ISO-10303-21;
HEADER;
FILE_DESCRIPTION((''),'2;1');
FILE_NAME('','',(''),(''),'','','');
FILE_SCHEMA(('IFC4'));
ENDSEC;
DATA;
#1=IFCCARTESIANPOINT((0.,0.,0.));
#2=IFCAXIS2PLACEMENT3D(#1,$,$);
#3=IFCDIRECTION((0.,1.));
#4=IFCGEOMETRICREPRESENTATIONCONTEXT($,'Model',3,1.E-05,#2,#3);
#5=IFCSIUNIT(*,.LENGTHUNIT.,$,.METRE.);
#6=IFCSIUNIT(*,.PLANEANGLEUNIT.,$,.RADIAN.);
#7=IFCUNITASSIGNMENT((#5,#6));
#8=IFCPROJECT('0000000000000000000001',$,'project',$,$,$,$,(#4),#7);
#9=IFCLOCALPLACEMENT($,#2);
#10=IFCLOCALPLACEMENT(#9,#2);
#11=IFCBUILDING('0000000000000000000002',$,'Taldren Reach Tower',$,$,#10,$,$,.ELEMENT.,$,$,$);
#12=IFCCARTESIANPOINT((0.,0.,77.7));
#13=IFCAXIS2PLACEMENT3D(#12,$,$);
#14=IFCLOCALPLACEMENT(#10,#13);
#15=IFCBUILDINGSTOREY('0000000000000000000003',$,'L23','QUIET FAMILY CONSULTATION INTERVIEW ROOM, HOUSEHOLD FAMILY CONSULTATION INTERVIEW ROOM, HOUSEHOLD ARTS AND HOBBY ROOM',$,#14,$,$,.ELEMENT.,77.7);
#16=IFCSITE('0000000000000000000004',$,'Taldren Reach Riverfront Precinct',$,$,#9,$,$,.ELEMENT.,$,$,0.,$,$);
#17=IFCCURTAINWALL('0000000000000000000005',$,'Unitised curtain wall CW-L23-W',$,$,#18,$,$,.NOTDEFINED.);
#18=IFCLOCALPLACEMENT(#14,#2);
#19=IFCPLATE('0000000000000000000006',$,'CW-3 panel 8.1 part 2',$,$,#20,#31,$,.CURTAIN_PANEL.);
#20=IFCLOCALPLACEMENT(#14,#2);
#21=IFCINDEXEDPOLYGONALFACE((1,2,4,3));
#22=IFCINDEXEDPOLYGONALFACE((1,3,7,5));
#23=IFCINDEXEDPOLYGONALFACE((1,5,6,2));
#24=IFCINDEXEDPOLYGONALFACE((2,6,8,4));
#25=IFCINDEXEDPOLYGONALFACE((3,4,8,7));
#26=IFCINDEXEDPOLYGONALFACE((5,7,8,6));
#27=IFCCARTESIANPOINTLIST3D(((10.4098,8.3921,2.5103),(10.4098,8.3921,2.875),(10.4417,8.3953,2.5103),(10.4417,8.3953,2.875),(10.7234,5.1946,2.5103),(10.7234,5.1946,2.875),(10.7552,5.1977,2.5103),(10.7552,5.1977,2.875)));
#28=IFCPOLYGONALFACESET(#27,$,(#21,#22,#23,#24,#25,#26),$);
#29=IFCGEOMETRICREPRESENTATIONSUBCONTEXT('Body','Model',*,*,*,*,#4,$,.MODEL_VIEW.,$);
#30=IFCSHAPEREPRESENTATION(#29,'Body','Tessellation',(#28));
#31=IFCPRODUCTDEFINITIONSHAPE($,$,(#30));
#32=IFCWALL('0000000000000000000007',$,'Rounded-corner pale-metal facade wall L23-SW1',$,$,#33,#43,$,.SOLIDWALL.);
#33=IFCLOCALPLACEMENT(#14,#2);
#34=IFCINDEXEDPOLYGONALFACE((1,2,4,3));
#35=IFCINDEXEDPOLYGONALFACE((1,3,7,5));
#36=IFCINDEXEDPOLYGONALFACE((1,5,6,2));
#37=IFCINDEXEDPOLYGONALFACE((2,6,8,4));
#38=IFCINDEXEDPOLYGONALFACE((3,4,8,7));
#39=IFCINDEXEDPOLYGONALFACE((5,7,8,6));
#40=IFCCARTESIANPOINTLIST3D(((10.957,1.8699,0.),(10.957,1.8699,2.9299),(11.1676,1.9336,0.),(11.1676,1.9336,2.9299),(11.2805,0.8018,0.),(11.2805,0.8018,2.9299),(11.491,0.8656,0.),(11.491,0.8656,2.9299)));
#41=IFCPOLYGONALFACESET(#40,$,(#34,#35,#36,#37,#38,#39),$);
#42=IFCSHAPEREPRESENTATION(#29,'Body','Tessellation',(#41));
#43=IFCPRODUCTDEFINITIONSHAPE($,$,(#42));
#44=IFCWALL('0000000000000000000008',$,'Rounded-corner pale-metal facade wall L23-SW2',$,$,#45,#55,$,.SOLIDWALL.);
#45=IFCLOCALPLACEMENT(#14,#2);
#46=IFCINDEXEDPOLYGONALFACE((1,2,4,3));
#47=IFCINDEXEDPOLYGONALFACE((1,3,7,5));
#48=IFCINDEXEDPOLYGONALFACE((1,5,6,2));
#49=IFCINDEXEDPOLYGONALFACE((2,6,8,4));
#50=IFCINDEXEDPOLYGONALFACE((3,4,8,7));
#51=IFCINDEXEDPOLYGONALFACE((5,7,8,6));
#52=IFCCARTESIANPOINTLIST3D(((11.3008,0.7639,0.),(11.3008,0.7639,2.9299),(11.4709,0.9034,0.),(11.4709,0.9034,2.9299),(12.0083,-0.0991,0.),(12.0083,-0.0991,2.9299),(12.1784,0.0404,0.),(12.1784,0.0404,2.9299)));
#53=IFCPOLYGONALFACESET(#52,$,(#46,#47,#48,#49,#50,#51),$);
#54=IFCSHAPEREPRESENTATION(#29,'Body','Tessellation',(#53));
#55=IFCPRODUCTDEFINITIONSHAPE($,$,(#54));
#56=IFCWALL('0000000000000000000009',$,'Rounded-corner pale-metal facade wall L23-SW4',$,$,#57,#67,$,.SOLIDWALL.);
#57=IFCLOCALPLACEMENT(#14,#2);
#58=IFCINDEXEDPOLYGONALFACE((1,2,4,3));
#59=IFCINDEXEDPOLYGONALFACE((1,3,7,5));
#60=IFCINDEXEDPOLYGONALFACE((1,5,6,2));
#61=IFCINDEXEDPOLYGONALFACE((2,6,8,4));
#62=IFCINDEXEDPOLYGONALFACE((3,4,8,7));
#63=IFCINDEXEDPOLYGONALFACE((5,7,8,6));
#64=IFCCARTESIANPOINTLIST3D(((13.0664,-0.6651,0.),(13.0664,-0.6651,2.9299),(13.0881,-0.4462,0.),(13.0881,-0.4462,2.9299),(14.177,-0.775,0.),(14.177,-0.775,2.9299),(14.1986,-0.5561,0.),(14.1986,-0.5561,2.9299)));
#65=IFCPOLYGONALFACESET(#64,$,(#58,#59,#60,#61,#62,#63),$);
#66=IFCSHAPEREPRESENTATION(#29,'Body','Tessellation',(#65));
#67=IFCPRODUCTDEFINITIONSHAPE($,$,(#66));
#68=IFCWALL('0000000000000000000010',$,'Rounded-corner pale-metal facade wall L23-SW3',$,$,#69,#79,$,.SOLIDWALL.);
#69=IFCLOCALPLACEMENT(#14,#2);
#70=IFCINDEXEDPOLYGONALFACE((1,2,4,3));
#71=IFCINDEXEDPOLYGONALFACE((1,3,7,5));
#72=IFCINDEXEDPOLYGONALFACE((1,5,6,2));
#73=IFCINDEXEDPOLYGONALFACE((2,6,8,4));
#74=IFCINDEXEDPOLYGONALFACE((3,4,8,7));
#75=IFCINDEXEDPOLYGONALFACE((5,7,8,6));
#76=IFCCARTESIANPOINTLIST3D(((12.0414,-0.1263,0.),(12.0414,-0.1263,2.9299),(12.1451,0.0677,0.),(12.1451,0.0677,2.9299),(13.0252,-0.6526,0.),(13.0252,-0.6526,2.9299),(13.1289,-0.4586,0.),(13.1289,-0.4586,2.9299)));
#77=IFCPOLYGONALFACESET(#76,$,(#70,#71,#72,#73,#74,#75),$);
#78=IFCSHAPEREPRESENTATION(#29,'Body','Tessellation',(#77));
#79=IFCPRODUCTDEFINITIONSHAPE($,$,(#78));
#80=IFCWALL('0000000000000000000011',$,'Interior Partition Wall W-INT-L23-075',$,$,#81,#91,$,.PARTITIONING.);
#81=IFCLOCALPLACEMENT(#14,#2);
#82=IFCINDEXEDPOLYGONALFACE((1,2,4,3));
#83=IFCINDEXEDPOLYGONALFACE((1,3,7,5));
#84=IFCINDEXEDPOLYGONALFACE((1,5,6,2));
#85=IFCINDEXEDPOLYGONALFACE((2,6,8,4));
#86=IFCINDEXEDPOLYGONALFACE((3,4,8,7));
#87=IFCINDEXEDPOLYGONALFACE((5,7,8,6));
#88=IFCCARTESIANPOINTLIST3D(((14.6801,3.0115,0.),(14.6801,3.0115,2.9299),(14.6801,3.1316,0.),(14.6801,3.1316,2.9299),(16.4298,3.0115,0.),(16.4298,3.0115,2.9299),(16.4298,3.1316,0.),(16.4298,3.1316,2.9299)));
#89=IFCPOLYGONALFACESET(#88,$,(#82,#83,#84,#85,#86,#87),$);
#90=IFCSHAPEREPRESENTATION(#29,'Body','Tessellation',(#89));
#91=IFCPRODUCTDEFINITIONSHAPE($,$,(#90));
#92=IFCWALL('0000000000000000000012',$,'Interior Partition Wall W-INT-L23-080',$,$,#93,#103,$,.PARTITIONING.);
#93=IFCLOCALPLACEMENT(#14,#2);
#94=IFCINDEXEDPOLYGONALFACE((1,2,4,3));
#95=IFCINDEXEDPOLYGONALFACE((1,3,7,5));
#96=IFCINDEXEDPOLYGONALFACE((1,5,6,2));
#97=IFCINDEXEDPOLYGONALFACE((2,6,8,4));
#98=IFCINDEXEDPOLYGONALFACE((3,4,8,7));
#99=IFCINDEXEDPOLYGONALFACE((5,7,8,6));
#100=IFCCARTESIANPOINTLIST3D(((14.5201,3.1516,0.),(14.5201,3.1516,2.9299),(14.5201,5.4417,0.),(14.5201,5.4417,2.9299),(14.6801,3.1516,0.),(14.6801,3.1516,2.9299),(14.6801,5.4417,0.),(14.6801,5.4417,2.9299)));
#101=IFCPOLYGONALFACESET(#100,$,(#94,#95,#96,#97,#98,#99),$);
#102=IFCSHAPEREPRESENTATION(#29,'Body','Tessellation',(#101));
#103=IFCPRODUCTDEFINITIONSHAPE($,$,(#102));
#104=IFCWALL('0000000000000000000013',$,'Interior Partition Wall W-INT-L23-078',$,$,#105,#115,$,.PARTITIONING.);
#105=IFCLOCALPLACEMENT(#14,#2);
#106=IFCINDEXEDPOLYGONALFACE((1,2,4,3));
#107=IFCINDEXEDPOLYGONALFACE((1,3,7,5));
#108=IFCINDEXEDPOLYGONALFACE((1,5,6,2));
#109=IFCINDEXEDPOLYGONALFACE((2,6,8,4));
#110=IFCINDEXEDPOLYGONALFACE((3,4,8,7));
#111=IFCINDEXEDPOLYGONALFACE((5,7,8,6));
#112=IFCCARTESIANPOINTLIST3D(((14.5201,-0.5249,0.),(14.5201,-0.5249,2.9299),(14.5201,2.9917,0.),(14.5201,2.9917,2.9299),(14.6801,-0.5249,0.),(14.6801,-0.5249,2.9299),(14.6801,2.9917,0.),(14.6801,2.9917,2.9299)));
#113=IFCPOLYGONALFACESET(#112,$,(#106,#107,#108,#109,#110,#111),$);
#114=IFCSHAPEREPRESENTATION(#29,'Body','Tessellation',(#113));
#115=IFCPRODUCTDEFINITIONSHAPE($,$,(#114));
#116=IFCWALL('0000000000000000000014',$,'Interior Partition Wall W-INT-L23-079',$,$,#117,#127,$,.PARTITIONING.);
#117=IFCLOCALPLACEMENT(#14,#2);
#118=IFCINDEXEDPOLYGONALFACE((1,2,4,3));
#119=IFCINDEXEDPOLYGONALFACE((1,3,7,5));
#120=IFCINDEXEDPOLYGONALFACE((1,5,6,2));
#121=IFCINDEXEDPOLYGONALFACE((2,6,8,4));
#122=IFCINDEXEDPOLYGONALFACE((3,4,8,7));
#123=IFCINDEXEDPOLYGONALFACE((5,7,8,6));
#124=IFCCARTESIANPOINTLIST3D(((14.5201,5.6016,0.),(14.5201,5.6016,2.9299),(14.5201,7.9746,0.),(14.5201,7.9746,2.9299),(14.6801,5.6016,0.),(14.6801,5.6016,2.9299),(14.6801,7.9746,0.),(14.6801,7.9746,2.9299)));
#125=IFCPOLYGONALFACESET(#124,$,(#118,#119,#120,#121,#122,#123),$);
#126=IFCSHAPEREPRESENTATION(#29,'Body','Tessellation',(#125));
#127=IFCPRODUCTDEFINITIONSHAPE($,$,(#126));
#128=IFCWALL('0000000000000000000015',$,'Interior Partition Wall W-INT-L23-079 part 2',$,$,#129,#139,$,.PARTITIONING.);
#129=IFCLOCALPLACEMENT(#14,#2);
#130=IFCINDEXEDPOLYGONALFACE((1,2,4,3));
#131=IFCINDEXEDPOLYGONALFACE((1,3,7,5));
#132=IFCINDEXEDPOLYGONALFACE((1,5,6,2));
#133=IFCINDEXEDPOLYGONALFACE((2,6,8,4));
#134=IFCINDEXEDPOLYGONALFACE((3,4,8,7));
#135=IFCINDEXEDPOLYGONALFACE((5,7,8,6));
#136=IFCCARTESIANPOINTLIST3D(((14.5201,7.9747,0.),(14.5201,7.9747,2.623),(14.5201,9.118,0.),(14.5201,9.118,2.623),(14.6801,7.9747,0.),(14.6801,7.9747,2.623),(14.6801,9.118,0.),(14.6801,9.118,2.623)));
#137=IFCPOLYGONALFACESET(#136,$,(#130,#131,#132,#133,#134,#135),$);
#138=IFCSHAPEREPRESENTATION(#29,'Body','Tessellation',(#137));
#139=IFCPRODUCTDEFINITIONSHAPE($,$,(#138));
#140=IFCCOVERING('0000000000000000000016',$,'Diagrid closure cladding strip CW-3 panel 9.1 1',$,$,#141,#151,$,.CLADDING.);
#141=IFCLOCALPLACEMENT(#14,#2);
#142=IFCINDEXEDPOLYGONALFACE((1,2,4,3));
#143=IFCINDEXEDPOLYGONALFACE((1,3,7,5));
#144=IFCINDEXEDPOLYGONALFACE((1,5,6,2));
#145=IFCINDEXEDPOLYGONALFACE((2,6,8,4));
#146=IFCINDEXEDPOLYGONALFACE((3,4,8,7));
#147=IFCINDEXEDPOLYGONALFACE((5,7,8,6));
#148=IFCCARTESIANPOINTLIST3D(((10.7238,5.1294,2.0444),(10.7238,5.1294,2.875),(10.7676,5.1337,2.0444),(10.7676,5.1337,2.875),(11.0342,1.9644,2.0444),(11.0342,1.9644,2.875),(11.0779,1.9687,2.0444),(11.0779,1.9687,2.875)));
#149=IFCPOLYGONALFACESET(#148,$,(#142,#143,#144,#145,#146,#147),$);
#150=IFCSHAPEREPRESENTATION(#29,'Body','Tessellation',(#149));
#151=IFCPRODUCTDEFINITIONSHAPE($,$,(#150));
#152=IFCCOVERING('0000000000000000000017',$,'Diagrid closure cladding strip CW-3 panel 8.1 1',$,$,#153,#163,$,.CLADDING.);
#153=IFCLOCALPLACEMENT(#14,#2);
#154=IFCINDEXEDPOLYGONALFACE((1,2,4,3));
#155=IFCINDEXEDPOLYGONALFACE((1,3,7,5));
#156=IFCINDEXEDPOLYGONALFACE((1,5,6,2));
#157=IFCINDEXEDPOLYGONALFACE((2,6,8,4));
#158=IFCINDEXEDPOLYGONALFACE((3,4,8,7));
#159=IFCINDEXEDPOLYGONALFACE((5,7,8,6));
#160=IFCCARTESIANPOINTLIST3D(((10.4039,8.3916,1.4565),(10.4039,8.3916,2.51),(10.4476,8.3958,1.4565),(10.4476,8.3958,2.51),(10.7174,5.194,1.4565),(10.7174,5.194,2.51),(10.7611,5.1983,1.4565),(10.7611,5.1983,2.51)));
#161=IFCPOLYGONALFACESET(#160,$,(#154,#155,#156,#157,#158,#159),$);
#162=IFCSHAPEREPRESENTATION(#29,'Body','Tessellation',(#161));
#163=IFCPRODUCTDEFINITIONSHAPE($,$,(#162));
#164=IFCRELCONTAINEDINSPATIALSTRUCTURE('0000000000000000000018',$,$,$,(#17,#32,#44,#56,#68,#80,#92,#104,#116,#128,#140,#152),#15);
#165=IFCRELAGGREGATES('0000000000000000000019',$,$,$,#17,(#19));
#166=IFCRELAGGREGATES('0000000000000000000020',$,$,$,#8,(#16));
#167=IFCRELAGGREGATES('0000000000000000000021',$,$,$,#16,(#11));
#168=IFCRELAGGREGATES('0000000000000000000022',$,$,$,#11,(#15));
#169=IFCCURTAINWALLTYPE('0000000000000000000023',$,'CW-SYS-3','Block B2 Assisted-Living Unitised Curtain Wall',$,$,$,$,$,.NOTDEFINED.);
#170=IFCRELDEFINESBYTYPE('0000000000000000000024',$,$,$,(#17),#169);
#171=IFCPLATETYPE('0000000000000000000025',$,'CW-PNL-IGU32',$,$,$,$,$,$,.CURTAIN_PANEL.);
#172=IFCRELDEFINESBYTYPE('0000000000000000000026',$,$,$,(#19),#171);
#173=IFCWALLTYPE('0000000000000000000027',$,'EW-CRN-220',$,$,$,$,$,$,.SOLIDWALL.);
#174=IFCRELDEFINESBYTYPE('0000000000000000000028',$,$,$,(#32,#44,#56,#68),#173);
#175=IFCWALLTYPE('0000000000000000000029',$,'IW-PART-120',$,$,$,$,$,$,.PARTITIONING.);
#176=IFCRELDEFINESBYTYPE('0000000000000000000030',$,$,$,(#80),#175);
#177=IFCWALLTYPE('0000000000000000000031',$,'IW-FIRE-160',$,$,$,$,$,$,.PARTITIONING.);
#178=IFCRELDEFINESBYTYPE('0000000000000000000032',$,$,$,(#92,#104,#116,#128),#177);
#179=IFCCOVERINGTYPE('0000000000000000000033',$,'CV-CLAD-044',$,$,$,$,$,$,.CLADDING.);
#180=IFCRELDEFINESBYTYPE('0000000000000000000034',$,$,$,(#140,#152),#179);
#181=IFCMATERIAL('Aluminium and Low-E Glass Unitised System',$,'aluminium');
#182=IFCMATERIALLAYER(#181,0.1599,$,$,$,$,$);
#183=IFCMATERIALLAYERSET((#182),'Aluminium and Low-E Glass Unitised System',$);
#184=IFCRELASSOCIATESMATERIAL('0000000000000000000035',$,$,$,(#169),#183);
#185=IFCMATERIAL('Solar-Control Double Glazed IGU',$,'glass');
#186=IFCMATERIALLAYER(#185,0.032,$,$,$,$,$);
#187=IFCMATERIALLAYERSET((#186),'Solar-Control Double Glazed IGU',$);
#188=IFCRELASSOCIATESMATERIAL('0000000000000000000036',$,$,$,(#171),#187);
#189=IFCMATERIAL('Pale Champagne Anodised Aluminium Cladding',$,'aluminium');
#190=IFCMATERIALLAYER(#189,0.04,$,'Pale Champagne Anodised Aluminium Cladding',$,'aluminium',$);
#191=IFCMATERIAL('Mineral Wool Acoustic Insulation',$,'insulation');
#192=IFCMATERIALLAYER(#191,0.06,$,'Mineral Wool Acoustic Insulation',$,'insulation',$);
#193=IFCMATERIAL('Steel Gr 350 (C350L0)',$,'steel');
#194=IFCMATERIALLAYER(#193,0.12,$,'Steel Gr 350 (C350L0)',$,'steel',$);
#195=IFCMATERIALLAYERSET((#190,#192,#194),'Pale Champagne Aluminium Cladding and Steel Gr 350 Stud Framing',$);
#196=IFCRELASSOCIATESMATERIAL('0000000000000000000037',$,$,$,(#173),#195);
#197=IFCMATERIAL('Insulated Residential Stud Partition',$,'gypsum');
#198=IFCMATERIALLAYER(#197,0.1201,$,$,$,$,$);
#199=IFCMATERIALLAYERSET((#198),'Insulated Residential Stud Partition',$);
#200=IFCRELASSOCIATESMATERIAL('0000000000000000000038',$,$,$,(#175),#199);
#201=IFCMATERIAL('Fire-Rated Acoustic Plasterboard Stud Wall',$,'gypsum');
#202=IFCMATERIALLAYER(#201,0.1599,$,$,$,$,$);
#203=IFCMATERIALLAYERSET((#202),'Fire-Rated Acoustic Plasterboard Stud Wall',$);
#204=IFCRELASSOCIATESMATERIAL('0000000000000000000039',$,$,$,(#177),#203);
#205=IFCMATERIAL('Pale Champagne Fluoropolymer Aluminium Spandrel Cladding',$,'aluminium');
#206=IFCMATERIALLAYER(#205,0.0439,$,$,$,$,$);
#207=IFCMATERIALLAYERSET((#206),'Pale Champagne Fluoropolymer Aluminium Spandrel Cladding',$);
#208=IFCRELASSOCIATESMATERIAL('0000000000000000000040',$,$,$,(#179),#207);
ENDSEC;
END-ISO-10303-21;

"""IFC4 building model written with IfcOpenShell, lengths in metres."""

from ifc_helpers import new_model, si_unit, direction, frame, frame_2d, origin, origin_2d, place, context, subcontext, project, spatial, rectangle, extrude, source, transform, mapped, material, layer, layer_set, type_object, element, aggregate, save


model = new_model("IFC4")

# Units and contexts
model_context = context("Model", 3, precision=1e-05, world=origin(), true_north=direction((0.0, 1.0)))
body_context = subcontext(model_context, "Body", "Model", "MODEL_VIEW")
ifc_project = project(units=[si_unit("LENGTHUNIT", "METRE"), si_unit("PLANEANGLEUNIT", "RADIAN")], contexts=[model_context])

# Site, building, storey
site_placement = place(None, origin())
site = spatial("IfcSite", under=ifc_project, at=site_placement, Name="Taldren Reach Riverfront Precinct", CompositionType="ELEMENT", RefElevation=0.0)
building_placement = place(site_placement, origin())
building = spatial("IfcBuilding", under=site, at=building_placement, Name="Taldren Reach Tower", CompositionType="ELEMENT")
storey_placement = place(building_placement, frame((0.0, 0.0, 77.7)))
storey = spatial("IfcBuildingStorey", under=building, at=storey_placement, Name="L23", Description="QUIET FAMILY CONSULTATION INTERVIEW ROOM, HOUSEHOLD FAMILY CONSULTATION INTERVIEW ROOM, HOUSEHOLD ARTS AND HOBBY ROOM", CompositionType="ELEMENT", Elevation=77.7)

# Shared definitions
ifc_material_1 = material(Name="Steel Gr 350 (C350L0)", Category="steel")

# Shared definitions
ifc_material_2 = material(Name="Aluminium and Low-E Glass Unitised System", Category="aluminium")
ifc_layer_1 = layer(ifc_material_2, 0.1599)
ifc_layer_set_1 = layer_set([ifc_layer_1], Name="Aluminium and Low-E Glass Unitised System")
curtain_wall_type = type_object("IfcCurtainWallType", Name="CW-SYS-3", Description="Block B2 Assisted-Living Unitised Curtain Wall", PredefinedType="NOTDEFINED", material=ifc_layer_set_1)

# Curtain wall
curtain_wall_1_placement = place(storey_placement, origin())
curtain_wall_1 = element("IfcCurtainWall", 1, at=curtain_wall_1_placement, inside=storey, type_object=curtain_wall_type, Name="Unitised curtain wall CW-L23-W", PredefinedType="NOTDEFINED")

# Plate
ifc_material_3 = material(Name="Solar-Control Double Glazed IGU", Category="glass")
ifc_layer_2 = layer(ifc_material_3, 0.032)
ifc_layer_set_2 = layer_set([ifc_layer_2], Name="Solar-Control Double Glazed IGU")
plate_type_1 = type_object("IfcPlateType", Name="CW-PNL-IGU32", PredefinedType="CURTAIN_PANEL", material=ifc_layer_set_2)
shared_shape_1 = source(origin(), body_context, "Body", "SweptSolid", [
    extrude(rectangle(XDim=3.2129, YDim=0.032, at=origin_2d()), origin(), (0.0, 0.0, 1.0), 0.3647),
])
plate_1_placement = place(storey_placement, frame((10.5825, 6.7949, 2.5103), z_axis=(0.0, 0.0, 1.0), x_axis=(0.097583, -0.995227, 0.0)))
plate_1 = element("IfcPlate", 2, at=plate_1_placement, type_object=plate_type_1, Name="CW-3 panel 8.1 part 2", PredefinedType="CURTAIN_PANEL", context=body_context, shape_type="MappedRepresentation", body=[
    mapped(shared_shape_1, transform((0.0, 0.0, 0.0), scale=1.0)),
])
aggregate(curtain_wall_1, [plate_1])

# Walls
ifc_material_4 = material(Name="Pale Champagne Anodised Aluminium Cladding", Category="aluminium")
ifc_layer_3 = layer(ifc_material_4, 0.04, Name="Pale Champagne Anodised Aluminium Cladding", Category="aluminium")
ifc_material_5 = material(Name="Mineral Wool Acoustic Insulation", Category="insulation")
ifc_layer_4 = layer(ifc_material_5, 0.06, Name="Mineral Wool Acoustic Insulation", Category="insulation")
ifc_layer_5 = layer(ifc_material_1, 0.12, Name="Steel Gr 350 (C350L0)", Category="steel")
ifc_layer_set_3 = layer_set([ifc_layer_3, ifc_layer_4, ifc_layer_5], Name="Pale Champagne Aluminium Cladding and Steel Gr 350 Stud Framing")
wall_type_1 = type_object("IfcWallType", Name="EW-CRN-220", PredefinedType="SOLIDWALL", material=ifc_layer_set_3)
shared_shape_2 = source(origin(), body_context, "Body", "SweptSolid", [
    extrude(rectangle(XDim=1.116, YDim=0.22, at=frame_2d((0.5581, 0.0))), origin(), (0.0, 0.0, 1.0), 2.9299),
])
for number, where, z_axis, x_axis, name in (
    (3, (11.0623, 1.9019, 0.0), (0.0, 0.0, 1.0), (0.289856, -0.95707, 0.0), "Rounded-corner pale-metal facade wall L23-SW1"),
    (4, (11.3857, 0.8337, 0.0), (0.0, 0.0, 1.0), (0.633988, -0.773343, 0.0), "Rounded-corner pale-metal facade wall L23-SW2"),
    (5, (13.0771, -0.5557, 0.0), (0.0, 0.0, 1.0), (0.995143, -0.098442, 0.0), "Rounded-corner pale-metal facade wall L23-SW4"),
):
    element("IfcWall", number, at=place(storey_placement, frame(where, z_axis=z_axis, x_axis=x_axis)), inside=storey, type_object=wall_type_1, Name=name, PredefinedType="SOLIDWALL", context=body_context, shape_type="MappedRepresentation", body=[
        mapped(shared_shape_2, transform((0.0, 0.0, 0.0), scale=1.0)),
    ])
shared_shape_3 = source(origin(), body_context, "Body", "SweptSolid", [
    extrude(rectangle(XDim=1.1157, YDim=0.22, at=frame_2d((0.5579, 0.0))), origin(), (0.0, 0.0, 1.0), 2.9299),
])
wall_1_placement = place(storey_placement, frame((12.0933, -0.0293, 0.0), z_axis=(0.0, 0.0, 1.0), x_axis=(0.881747, -0.471723, 0.0)))
element("IfcWall", 6, at=wall_1_placement, inside=storey, type_object=wall_type_1, Name="Rounded-corner pale-metal facade wall L23-SW3", PredefinedType="SOLIDWALL", context=body_context, shape_type="MappedRepresentation", body=[
    mapped(shared_shape_3, transform((0.0, 0.0, 0.0), scale=1.0)),
])
ifc_material_6 = material(Name="Insulated Residential Stud Partition", Category="gypsum")
ifc_layer_6 = layer(ifc_material_6, 0.1201)
ifc_layer_set_4 = layer_set([ifc_layer_6], Name="Insulated Residential Stud Partition")
wall_type_2 = type_object("IfcWallType", Name="IW-PART-120", PredefinedType="PARTITIONING", material=ifc_layer_set_4)
shared_shape_4 = source(origin(), body_context, "Body", "SweptSolid", [
    extrude(rectangle(XDim=1.7498, YDim=0.1201, at=frame_2d((0.875, 0.0))), origin(), (0.0, 0.0, 1.0), 2.9299),
])
wall_2_placement = place(storey_placement, frame((14.6799, 3.0715, 0.0), z_axis=(0.0, 0.0, 1.0), x_axis=(1.0, 0.0, 0.0)))
element("IfcWall", 7, at=wall_2_placement, inside=storey, type_object=wall_type_2, Name="Interior Partition Wall W-INT-L23-075", PredefinedType="PARTITIONING", context=body_context, shape_type="MappedRepresentation", body=[
    mapped(shared_shape_4, transform((0.0, 0.0, 0.0), scale=1.0)),
])
ifc_material_7 = material(Name="Fire-Rated Acoustic Plasterboard Stud Wall", Category="gypsum")
ifc_layer_7 = layer(ifc_material_7, 0.1599)
ifc_layer_set_5 = layer_set([ifc_layer_7], Name="Fire-Rated Acoustic Plasterboard Stud Wall")
wall_type_3 = type_object("IfcWallType", Name="IW-FIRE-160", PredefinedType="PARTITIONING", material=ifc_layer_set_5)
shared_shape_5 = source(origin(), body_context, "Body", "SweptSolid", [
    extrude(rectangle(XDim=2.29, YDim=0.1599, at=frame_2d((1.145, 0.0))), origin(), (0.0, 0.0, 1.0), 2.9299),
])
wall_3_placement = place(storey_placement, frame((14.6001, 3.1516, 0.0), z_axis=(0.0, 0.0, 1.0), x_axis=(0.0, 1.0, 0.0)))
element("IfcWall", 8, at=wall_3_placement, inside=storey, type_object=wall_type_3, Name="Interior Partition Wall W-INT-L23-080", PredefinedType="PARTITIONING", context=body_context, shape_type="MappedRepresentation", body=[
    mapped(shared_shape_5, transform((0.0, 0.0, 0.0), scale=1.0)),
])
shared_shape_6 = source(origin(), body_context, "Body", "SweptSolid", [
    extrude(rectangle(XDim=3.5166, YDim=0.1599, at=frame_2d((1.7583, 0.0))), origin(), (0.0, 0.0, 1.0), 2.9299),
])
wall_4_placement = place(storey_placement, frame((14.6001, -0.5249, 0.0), z_axis=(0.0, 0.0, 1.0), x_axis=(0.0, 1.0, 0.0)))
element("IfcWall", 9, at=wall_4_placement, inside=storey, type_object=wall_type_3, Name="Interior Partition Wall W-INT-L23-078", PredefinedType="PARTITIONING", context=body_context, shape_type="MappedRepresentation", body=[
    mapped(shared_shape_6, transform((0.0, 0.0, 0.0), scale=1.0)),
])
shared_shape_7 = source(origin(), body_context, "Body", "SweptSolid", [
    extrude(rectangle(XDim=2.373, YDim=0.1599, at=frame_2d((1.1865, 0.0))), origin(), (0.0, 0.0, 1.0), 2.9299),
])
wall_5_placement = place(storey_placement, frame((14.6001, 5.6016, 0.0), z_axis=(0.0, 0.0, 1.0), x_axis=(0.0, 1.0, 0.0)))
element("IfcWall", 10, at=wall_5_placement, inside=storey, type_object=wall_type_3, Name="Interior Partition Wall W-INT-L23-079", PredefinedType="PARTITIONING", context=body_context, shape_type="MappedRepresentation", body=[
    mapped(shared_shape_7, transform((0.0, 0.0, 0.0), scale=1.0)),
])
shared_shape_8 = source(origin(), body_context, "Body", "SweptSolid", [
    extrude(rectangle(XDim=1.1433, YDim=0.1599, at=frame_2d((0.5718, 0.0))), origin(), (0.0, 0.0, 1.0), 2.623),
])
wall_6_placement = place(storey_placement, frame((14.6001, 7.9746, 0.0), z_axis=(0.0, 0.0, 1.0), x_axis=(0.0, 1.0, 0.0)))
element("IfcWall", 11, at=wall_6_placement, inside=storey, type_object=wall_type_3, Name="Interior Partition Wall W-INT-L23-079 part 2", PredefinedType="PARTITIONING", context=body_context, shape_type="MappedRepresentation", body=[
    mapped(shared_shape_8, transform((0.0, 0.0, 0.0), scale=1.0)),
])

# Coverings
ifc_material_8 = material(Name="Pale Champagne Fluoropolymer Aluminium Spandrel Cladding", Category="aluminium")
ifc_layer_8 = layer(ifc_material_8, 0.0439)
ifc_layer_set_6 = layer_set([ifc_layer_8], Name="Pale Champagne Fluoropolymer Aluminium Spandrel Cladding")
covering_type = type_object("IfcCoveringType", Name="CV-CLAD-044", PredefinedType="CLADDING", material=ifc_layer_set_6)
shared_shape_9 = source(origin(), body_context, "Body", "SweptSolid", [
    extrude(rectangle(XDim=3.1802, YDim=0.0439, at=origin_2d()), origin(), (0.0, 0.0, 1.0), 0.8306),
])
covering_1_placement = place(storey_placement, frame((10.9009, 3.5491, 2.0444), z_axis=(0.0, 0.0, 1.0), x_axis=(0.097583, -0.995227, 0.0)))
element("IfcCovering", 12, at=covering_1_placement, inside=storey, type_object=covering_type, Name="Diagrid closure cladding strip CW-3 panel 9.1 1", PredefinedType="CLADDING", context=body_context, shape_type="MappedRepresentation", body=[
    mapped(shared_shape_9, transform((0.0, 0.0, 0.0), scale=1.0)),
])
shared_shape_10 = source(origin(), body_context, "Body", "SweptSolid", [
    extrude(rectangle(XDim=3.2129, YDim=0.0439, at=origin_2d()), origin(), (0.0, 0.0, 1.0), 1.0535),
])
covering_2_placement = place(storey_placement, frame((10.5825, 6.7949, 1.4565), z_axis=(0.0, 0.0, 1.0), x_axis=(0.097583, -0.995227, 0.0)))
element("IfcCovering", 13, at=covering_2_placement, inside=storey, type_object=covering_type, Name="Diagrid closure cladding strip CW-3 panel 8.1 1", PredefinedType="CLADDING", context=body_context, shape_type="MappedRepresentation", body=[
    mapped(shared_shape_10, transform((0.0, 0.0, 0.0), scale=1.0)),
])

save(model, "model.ifc")
